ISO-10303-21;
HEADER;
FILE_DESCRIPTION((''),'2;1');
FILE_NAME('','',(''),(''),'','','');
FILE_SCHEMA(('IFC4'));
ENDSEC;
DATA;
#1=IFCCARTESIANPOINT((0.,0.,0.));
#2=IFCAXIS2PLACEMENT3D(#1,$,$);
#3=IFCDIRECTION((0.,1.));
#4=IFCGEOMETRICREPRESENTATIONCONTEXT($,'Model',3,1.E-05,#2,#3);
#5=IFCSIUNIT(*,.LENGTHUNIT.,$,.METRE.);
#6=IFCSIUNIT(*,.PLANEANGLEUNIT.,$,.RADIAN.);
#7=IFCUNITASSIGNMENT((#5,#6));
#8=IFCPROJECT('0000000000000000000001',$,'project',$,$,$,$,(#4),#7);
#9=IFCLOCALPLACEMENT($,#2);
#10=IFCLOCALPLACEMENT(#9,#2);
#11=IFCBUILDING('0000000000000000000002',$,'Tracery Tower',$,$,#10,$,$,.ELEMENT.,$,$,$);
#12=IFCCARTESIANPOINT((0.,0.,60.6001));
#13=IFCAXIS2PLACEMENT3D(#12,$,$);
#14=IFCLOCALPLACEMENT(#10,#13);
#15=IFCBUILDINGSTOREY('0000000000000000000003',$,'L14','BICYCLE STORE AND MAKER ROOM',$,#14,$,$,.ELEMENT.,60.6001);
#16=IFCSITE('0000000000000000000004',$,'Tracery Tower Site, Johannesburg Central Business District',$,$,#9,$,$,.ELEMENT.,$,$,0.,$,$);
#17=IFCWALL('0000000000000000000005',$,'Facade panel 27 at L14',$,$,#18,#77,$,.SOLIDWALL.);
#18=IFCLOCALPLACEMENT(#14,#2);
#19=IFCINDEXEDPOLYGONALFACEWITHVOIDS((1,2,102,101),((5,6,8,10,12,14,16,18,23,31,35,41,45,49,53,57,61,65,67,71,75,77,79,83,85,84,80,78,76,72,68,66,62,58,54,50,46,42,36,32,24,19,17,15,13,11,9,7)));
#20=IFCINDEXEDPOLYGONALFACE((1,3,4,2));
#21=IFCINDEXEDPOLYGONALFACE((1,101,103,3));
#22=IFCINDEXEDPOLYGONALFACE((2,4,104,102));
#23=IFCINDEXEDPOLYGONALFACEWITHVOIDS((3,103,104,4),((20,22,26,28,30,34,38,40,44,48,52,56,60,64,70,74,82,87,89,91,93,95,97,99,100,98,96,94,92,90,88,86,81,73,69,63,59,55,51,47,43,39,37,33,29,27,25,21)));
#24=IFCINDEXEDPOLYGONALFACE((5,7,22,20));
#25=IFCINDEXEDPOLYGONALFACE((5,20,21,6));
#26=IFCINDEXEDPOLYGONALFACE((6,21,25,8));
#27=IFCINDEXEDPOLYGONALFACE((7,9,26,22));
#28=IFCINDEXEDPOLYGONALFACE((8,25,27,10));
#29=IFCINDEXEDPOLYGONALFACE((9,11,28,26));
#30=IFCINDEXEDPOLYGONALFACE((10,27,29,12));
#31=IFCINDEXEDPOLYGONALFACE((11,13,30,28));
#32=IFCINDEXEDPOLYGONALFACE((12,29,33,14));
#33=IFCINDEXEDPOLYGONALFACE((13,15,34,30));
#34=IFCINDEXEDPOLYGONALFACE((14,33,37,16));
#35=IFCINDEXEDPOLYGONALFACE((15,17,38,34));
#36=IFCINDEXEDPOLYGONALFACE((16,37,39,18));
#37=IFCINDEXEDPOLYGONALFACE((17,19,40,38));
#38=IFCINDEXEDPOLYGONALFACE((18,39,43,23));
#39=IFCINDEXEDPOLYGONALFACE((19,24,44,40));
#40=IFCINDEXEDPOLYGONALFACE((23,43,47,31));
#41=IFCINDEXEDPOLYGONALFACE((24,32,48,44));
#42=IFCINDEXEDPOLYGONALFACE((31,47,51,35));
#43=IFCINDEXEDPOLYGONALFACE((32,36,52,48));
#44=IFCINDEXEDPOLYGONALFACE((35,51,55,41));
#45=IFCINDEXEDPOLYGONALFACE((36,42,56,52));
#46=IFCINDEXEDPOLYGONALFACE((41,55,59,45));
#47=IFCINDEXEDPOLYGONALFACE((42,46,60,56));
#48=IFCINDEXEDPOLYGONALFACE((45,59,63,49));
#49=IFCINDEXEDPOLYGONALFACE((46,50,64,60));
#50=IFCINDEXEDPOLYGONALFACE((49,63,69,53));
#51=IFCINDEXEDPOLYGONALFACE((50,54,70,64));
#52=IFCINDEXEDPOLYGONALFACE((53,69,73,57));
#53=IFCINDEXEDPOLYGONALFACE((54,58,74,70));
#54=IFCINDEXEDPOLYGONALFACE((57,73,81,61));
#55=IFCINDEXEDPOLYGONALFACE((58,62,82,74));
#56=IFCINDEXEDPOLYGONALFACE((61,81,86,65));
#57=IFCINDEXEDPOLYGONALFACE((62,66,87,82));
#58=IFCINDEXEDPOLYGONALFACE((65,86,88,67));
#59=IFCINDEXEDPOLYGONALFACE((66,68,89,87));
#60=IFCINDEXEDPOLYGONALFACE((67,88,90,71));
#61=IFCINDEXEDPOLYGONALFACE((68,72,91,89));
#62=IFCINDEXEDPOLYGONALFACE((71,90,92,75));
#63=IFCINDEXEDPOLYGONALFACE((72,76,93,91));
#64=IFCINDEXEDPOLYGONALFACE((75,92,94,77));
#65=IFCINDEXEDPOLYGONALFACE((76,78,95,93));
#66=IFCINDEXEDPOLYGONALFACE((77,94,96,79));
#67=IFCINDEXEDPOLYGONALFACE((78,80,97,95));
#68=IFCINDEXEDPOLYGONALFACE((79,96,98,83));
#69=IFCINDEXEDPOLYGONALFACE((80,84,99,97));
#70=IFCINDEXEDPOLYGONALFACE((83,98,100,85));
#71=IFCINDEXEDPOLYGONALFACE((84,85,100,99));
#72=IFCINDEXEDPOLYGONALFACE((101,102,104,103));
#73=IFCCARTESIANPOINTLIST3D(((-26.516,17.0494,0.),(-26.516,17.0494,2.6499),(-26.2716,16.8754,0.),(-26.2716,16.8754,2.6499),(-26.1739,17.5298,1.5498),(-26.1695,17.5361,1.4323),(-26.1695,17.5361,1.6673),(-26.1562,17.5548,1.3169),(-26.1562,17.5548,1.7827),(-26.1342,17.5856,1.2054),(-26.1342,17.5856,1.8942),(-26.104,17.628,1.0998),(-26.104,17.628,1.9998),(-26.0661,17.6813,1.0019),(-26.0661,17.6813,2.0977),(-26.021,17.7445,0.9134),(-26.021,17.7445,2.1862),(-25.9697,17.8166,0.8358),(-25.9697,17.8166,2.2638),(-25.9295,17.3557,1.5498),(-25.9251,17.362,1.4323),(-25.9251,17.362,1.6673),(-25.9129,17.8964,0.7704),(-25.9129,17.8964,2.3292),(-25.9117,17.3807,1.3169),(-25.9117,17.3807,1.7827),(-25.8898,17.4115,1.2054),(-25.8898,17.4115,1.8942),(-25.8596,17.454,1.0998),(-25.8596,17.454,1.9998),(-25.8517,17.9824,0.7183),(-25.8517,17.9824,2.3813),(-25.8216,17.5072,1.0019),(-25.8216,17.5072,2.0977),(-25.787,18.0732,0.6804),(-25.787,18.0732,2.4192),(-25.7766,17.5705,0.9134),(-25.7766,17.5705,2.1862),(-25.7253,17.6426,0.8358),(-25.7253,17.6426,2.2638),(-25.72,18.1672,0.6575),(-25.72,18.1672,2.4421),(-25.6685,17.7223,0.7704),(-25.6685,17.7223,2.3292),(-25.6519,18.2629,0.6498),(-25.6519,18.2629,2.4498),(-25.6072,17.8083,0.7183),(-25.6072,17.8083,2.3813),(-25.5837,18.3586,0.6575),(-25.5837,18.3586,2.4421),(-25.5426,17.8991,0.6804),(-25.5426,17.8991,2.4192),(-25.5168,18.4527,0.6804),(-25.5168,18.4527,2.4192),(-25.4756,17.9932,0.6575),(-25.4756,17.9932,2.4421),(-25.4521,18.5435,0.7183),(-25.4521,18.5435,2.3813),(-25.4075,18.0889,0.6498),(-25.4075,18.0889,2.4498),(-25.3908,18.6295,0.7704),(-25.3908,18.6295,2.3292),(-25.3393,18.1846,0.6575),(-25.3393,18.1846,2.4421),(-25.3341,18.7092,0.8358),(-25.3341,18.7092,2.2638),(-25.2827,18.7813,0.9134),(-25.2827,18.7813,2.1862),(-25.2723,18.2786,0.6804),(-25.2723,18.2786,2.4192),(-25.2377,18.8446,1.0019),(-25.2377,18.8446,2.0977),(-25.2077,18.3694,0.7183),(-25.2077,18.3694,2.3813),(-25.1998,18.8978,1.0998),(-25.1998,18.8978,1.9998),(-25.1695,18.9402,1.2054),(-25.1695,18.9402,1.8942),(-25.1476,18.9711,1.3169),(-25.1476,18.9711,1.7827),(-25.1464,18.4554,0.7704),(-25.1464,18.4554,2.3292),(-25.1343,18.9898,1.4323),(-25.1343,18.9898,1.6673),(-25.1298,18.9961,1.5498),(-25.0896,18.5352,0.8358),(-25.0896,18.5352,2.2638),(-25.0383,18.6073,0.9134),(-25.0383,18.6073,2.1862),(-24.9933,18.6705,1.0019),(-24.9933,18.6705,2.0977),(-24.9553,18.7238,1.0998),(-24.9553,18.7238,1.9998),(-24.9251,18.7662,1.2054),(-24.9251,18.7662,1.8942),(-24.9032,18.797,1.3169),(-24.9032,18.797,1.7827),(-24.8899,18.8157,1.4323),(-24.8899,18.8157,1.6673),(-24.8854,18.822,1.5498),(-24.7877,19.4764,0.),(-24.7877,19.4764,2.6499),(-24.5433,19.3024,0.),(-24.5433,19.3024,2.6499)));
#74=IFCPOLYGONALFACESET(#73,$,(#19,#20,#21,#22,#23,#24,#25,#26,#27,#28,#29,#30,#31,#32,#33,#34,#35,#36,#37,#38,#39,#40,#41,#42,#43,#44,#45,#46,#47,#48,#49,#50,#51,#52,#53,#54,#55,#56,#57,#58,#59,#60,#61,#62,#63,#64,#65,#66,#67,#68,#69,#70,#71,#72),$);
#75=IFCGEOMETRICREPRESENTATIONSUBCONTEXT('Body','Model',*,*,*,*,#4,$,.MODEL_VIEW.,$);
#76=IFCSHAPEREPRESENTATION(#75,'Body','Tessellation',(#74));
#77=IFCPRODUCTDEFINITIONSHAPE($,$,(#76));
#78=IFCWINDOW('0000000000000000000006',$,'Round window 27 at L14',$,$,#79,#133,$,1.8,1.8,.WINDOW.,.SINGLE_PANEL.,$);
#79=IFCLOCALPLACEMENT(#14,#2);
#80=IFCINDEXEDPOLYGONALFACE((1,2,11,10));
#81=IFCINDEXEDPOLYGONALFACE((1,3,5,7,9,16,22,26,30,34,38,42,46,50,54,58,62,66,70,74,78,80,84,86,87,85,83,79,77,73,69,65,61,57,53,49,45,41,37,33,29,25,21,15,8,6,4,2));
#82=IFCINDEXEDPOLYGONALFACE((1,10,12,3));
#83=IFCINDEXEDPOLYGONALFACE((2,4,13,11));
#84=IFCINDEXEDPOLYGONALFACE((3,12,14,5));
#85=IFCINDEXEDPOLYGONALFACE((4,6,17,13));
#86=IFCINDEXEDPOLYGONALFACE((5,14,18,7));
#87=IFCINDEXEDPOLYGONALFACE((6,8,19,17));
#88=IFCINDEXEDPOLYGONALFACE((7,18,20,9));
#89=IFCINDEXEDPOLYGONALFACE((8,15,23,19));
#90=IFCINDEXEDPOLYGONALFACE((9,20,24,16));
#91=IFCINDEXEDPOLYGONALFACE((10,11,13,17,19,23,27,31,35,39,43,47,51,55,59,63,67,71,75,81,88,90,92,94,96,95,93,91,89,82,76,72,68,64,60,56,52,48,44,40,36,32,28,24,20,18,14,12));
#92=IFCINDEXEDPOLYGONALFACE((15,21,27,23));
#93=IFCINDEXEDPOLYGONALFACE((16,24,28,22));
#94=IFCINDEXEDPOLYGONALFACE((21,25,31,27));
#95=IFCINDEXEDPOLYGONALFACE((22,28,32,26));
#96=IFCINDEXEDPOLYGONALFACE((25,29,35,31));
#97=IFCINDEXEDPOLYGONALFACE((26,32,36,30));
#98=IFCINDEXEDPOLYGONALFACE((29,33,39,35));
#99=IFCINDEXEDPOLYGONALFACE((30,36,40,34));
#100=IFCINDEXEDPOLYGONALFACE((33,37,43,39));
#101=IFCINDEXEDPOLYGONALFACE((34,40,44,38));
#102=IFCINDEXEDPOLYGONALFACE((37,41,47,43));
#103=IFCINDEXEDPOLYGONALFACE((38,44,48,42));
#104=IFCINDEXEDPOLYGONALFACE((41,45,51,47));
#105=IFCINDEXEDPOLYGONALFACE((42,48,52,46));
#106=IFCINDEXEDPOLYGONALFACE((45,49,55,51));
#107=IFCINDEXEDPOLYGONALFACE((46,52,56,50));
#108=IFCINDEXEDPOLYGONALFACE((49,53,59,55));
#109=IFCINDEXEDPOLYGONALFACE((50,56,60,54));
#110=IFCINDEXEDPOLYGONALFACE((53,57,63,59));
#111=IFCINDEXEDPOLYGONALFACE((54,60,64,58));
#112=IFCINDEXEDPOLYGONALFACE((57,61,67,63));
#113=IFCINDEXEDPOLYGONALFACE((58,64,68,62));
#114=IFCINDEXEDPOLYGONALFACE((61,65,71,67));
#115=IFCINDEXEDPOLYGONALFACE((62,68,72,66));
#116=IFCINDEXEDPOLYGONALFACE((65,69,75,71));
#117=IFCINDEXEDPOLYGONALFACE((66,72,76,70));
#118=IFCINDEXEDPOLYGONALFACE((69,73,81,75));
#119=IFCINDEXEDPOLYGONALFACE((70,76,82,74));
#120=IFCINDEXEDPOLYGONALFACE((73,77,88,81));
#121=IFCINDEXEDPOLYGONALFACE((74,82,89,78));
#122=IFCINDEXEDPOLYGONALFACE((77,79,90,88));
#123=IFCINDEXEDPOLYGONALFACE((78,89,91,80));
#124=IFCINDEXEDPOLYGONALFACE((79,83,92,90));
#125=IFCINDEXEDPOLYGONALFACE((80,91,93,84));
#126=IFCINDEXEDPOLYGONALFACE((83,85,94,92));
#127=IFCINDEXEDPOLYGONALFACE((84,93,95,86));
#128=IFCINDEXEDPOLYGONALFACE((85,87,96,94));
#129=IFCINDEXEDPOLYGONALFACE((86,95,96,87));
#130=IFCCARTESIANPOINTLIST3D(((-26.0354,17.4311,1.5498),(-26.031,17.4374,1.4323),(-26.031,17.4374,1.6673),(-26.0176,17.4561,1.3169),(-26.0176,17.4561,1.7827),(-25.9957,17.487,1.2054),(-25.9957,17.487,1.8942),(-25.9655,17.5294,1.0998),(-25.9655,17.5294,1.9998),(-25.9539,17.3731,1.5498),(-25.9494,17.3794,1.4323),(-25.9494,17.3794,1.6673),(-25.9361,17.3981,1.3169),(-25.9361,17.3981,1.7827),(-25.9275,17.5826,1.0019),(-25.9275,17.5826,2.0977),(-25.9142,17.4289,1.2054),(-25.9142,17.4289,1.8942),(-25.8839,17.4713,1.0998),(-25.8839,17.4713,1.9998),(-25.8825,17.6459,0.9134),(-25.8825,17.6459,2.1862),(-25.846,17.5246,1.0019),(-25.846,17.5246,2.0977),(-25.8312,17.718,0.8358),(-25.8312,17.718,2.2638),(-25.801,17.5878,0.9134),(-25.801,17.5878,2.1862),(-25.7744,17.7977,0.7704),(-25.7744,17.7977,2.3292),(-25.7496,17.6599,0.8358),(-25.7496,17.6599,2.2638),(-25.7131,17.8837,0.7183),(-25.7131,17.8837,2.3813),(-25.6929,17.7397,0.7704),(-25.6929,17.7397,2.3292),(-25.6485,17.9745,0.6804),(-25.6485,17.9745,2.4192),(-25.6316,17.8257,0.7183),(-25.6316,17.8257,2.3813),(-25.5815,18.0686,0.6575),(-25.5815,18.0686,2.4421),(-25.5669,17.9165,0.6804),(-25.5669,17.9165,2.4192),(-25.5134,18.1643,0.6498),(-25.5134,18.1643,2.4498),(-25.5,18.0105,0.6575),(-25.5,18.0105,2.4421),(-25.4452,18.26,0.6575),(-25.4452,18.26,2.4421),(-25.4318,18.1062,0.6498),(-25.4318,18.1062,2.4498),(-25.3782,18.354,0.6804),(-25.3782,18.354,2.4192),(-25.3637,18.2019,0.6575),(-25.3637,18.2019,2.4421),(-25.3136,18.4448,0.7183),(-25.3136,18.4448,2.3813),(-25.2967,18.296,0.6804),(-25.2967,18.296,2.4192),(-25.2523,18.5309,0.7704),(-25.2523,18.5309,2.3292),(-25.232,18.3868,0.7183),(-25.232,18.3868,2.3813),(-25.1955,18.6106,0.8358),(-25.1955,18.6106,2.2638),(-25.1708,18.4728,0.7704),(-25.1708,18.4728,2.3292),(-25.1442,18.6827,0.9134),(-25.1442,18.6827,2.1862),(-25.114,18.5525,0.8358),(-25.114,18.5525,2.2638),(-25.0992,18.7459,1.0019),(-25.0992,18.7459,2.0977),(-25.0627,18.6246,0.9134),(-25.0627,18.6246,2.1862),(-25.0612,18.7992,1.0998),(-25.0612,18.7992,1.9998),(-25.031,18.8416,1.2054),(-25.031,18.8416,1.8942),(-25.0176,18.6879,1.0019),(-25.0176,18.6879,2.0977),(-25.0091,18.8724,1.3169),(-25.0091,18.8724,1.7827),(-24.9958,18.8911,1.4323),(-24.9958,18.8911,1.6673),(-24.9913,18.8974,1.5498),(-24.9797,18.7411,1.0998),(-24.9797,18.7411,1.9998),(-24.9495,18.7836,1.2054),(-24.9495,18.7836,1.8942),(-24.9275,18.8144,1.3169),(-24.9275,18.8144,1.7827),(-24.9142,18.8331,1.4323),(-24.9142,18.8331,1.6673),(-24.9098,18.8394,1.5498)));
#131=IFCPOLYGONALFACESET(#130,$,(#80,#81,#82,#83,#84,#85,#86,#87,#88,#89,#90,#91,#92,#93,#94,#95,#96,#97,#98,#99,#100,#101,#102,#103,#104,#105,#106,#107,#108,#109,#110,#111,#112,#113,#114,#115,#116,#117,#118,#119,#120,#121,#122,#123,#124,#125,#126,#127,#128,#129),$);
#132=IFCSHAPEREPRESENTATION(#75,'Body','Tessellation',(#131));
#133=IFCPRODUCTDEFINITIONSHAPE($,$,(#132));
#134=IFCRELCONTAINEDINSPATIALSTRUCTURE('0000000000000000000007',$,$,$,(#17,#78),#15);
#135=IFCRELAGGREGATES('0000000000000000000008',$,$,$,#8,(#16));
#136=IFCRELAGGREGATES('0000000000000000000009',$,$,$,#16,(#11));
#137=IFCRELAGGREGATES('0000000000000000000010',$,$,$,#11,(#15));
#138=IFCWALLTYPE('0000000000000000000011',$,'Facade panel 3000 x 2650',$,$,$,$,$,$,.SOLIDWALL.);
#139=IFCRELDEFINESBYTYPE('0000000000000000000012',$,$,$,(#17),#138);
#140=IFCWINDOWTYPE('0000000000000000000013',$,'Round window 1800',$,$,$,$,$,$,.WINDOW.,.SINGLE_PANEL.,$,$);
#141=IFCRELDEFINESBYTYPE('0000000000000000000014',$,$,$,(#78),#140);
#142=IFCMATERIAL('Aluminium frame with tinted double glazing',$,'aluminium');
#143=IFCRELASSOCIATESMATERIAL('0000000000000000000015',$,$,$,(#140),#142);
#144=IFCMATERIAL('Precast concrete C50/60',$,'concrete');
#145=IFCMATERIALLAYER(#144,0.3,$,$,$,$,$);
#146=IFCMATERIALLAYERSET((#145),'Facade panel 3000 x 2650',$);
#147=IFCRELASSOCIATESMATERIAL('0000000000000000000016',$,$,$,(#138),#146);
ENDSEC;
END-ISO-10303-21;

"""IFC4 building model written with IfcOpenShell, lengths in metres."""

from ifc_helpers import new_model, si_unit, direction, frame, frame_2d, origin, origin_2d, place, context, subcontext, project, spatial, rectangle, circle, extrude, material, layer, layer_set, type_object, element, fill, save


model = new_model("IFC4")

# Units and contexts
model_context = context("Model", 3, precision=1e-05, world=origin(), true_north=direction((0.0, 1.0)))
body_context = subcontext(model_context, "Body", "Model", "MODEL_VIEW")
ifc_project = project(units=[si_unit("LENGTHUNIT", "METRE"), si_unit("PLANEANGLEUNIT", "RADIAN")], contexts=[model_context])

# Site, building, storey
site_placement = place(None, origin())
site = spatial("IfcSite", under=ifc_project, at=site_placement, Name="Tracery Tower Site, Johannesburg Central Business District", CompositionType="ELEMENT", RefElevation=0.0)
building_placement = place(site_placement, origin())
building = spatial("IfcBuilding", under=site, at=building_placement, Name="Tracery Tower", CompositionType="ELEMENT")
storey_placement = place(building_placement, frame((0.0, 0.0, 60.6001)))
storey = spatial("IfcBuildingStorey", under=building, at=storey_placement, Name="L14", Description="BICYCLE STORE AND MAKER ROOM", CompositionType="ELEMENT", Elevation=60.6001)

# Wall, opening, window
ifc_material_1 = material(Name="Aluminium frame with tinted double glazing", Category="aluminium")
window_type = type_object("IfcWindowType", Name="Round window 1800", PartitioningType="SINGLE_PANEL", PredefinedType="WINDOW", material=ifc_material_1)
ifc_material_2 = material(Name="Precast concrete C50/60", Category="concrete")
ifc_layer_1 = layer(ifc_material_2, 0.3)
ifc_layer_set_1 = layer_set([ifc_layer_1], Name="Facade panel 3000 x 2650")
wall_type_1 = type_object("IfcWallType", Name="Facade panel 3000 x 2650", PredefinedType="SOLIDWALL", material=ifc_layer_set_1)
wall_1_placement = place(storey_placement, frame((-24.6655, 19.3894, 0.0), z_axis=(0.0, 0.0, 1.0), x_axis=(-0.580059, -0.814574, 0.0)))
wall_1 = element("IfcWall", 1, at=wall_1_placement, inside=storey, type_object=wall_type_1, Name="Facade panel 27 at L14", PredefinedType="SOLIDWALL", context=body_context, shape_type="SweptSolid", body=[
    extrude(rectangle(XDim=2.9795, YDim=0.3, at=frame_2d((1.4897, 0.0))), origin(), (0.0, 0.0, 1.0), 2.6499),
])
opening_1_placement = place(wall_1_placement, frame((1.4897, 0.0, 1.5498)))
opening_1 = element("IfcOpeningElement", 2, at=opening_1_placement, cuts=wall_1, PredefinedType="OPENING", context=body_context, shape_type="SweptSolid", body=[
    extrude(circle(Radius=0.9, at=origin_2d()), frame((0.0, 0.1599, 0.0), z_axis=(0.0, -1.0, 0.0), x_axis=(1.0, 0.0, 0.0)), (0.0, 0.0, 1.0), 0.3201),
])
window_1_placement = place(opening_1_placement, origin())
window_1 = element("IfcWindow", 3, at=window_1_placement, inside=storey, type_object=window_type, Name="Round window 27 at L14", OverallHeight=1.8, OverallWidth=1.8, PartitioningType="SINGLE_PANEL", PredefinedType="WINDOW", context=body_context, shape_type="SweptSolid", body=[
    extrude(circle(Radius=0.9, at=origin_2d()), frame((0.0, 0.1201, 0.0), z_axis=(0.0, -1.0, 0.0), x_axis=(1.0, 0.0, 0.0)), (0.0, 0.0, 1.0), 0.1001),
])
fill(opening_1, window_1)

save(model, "model.ifc")
